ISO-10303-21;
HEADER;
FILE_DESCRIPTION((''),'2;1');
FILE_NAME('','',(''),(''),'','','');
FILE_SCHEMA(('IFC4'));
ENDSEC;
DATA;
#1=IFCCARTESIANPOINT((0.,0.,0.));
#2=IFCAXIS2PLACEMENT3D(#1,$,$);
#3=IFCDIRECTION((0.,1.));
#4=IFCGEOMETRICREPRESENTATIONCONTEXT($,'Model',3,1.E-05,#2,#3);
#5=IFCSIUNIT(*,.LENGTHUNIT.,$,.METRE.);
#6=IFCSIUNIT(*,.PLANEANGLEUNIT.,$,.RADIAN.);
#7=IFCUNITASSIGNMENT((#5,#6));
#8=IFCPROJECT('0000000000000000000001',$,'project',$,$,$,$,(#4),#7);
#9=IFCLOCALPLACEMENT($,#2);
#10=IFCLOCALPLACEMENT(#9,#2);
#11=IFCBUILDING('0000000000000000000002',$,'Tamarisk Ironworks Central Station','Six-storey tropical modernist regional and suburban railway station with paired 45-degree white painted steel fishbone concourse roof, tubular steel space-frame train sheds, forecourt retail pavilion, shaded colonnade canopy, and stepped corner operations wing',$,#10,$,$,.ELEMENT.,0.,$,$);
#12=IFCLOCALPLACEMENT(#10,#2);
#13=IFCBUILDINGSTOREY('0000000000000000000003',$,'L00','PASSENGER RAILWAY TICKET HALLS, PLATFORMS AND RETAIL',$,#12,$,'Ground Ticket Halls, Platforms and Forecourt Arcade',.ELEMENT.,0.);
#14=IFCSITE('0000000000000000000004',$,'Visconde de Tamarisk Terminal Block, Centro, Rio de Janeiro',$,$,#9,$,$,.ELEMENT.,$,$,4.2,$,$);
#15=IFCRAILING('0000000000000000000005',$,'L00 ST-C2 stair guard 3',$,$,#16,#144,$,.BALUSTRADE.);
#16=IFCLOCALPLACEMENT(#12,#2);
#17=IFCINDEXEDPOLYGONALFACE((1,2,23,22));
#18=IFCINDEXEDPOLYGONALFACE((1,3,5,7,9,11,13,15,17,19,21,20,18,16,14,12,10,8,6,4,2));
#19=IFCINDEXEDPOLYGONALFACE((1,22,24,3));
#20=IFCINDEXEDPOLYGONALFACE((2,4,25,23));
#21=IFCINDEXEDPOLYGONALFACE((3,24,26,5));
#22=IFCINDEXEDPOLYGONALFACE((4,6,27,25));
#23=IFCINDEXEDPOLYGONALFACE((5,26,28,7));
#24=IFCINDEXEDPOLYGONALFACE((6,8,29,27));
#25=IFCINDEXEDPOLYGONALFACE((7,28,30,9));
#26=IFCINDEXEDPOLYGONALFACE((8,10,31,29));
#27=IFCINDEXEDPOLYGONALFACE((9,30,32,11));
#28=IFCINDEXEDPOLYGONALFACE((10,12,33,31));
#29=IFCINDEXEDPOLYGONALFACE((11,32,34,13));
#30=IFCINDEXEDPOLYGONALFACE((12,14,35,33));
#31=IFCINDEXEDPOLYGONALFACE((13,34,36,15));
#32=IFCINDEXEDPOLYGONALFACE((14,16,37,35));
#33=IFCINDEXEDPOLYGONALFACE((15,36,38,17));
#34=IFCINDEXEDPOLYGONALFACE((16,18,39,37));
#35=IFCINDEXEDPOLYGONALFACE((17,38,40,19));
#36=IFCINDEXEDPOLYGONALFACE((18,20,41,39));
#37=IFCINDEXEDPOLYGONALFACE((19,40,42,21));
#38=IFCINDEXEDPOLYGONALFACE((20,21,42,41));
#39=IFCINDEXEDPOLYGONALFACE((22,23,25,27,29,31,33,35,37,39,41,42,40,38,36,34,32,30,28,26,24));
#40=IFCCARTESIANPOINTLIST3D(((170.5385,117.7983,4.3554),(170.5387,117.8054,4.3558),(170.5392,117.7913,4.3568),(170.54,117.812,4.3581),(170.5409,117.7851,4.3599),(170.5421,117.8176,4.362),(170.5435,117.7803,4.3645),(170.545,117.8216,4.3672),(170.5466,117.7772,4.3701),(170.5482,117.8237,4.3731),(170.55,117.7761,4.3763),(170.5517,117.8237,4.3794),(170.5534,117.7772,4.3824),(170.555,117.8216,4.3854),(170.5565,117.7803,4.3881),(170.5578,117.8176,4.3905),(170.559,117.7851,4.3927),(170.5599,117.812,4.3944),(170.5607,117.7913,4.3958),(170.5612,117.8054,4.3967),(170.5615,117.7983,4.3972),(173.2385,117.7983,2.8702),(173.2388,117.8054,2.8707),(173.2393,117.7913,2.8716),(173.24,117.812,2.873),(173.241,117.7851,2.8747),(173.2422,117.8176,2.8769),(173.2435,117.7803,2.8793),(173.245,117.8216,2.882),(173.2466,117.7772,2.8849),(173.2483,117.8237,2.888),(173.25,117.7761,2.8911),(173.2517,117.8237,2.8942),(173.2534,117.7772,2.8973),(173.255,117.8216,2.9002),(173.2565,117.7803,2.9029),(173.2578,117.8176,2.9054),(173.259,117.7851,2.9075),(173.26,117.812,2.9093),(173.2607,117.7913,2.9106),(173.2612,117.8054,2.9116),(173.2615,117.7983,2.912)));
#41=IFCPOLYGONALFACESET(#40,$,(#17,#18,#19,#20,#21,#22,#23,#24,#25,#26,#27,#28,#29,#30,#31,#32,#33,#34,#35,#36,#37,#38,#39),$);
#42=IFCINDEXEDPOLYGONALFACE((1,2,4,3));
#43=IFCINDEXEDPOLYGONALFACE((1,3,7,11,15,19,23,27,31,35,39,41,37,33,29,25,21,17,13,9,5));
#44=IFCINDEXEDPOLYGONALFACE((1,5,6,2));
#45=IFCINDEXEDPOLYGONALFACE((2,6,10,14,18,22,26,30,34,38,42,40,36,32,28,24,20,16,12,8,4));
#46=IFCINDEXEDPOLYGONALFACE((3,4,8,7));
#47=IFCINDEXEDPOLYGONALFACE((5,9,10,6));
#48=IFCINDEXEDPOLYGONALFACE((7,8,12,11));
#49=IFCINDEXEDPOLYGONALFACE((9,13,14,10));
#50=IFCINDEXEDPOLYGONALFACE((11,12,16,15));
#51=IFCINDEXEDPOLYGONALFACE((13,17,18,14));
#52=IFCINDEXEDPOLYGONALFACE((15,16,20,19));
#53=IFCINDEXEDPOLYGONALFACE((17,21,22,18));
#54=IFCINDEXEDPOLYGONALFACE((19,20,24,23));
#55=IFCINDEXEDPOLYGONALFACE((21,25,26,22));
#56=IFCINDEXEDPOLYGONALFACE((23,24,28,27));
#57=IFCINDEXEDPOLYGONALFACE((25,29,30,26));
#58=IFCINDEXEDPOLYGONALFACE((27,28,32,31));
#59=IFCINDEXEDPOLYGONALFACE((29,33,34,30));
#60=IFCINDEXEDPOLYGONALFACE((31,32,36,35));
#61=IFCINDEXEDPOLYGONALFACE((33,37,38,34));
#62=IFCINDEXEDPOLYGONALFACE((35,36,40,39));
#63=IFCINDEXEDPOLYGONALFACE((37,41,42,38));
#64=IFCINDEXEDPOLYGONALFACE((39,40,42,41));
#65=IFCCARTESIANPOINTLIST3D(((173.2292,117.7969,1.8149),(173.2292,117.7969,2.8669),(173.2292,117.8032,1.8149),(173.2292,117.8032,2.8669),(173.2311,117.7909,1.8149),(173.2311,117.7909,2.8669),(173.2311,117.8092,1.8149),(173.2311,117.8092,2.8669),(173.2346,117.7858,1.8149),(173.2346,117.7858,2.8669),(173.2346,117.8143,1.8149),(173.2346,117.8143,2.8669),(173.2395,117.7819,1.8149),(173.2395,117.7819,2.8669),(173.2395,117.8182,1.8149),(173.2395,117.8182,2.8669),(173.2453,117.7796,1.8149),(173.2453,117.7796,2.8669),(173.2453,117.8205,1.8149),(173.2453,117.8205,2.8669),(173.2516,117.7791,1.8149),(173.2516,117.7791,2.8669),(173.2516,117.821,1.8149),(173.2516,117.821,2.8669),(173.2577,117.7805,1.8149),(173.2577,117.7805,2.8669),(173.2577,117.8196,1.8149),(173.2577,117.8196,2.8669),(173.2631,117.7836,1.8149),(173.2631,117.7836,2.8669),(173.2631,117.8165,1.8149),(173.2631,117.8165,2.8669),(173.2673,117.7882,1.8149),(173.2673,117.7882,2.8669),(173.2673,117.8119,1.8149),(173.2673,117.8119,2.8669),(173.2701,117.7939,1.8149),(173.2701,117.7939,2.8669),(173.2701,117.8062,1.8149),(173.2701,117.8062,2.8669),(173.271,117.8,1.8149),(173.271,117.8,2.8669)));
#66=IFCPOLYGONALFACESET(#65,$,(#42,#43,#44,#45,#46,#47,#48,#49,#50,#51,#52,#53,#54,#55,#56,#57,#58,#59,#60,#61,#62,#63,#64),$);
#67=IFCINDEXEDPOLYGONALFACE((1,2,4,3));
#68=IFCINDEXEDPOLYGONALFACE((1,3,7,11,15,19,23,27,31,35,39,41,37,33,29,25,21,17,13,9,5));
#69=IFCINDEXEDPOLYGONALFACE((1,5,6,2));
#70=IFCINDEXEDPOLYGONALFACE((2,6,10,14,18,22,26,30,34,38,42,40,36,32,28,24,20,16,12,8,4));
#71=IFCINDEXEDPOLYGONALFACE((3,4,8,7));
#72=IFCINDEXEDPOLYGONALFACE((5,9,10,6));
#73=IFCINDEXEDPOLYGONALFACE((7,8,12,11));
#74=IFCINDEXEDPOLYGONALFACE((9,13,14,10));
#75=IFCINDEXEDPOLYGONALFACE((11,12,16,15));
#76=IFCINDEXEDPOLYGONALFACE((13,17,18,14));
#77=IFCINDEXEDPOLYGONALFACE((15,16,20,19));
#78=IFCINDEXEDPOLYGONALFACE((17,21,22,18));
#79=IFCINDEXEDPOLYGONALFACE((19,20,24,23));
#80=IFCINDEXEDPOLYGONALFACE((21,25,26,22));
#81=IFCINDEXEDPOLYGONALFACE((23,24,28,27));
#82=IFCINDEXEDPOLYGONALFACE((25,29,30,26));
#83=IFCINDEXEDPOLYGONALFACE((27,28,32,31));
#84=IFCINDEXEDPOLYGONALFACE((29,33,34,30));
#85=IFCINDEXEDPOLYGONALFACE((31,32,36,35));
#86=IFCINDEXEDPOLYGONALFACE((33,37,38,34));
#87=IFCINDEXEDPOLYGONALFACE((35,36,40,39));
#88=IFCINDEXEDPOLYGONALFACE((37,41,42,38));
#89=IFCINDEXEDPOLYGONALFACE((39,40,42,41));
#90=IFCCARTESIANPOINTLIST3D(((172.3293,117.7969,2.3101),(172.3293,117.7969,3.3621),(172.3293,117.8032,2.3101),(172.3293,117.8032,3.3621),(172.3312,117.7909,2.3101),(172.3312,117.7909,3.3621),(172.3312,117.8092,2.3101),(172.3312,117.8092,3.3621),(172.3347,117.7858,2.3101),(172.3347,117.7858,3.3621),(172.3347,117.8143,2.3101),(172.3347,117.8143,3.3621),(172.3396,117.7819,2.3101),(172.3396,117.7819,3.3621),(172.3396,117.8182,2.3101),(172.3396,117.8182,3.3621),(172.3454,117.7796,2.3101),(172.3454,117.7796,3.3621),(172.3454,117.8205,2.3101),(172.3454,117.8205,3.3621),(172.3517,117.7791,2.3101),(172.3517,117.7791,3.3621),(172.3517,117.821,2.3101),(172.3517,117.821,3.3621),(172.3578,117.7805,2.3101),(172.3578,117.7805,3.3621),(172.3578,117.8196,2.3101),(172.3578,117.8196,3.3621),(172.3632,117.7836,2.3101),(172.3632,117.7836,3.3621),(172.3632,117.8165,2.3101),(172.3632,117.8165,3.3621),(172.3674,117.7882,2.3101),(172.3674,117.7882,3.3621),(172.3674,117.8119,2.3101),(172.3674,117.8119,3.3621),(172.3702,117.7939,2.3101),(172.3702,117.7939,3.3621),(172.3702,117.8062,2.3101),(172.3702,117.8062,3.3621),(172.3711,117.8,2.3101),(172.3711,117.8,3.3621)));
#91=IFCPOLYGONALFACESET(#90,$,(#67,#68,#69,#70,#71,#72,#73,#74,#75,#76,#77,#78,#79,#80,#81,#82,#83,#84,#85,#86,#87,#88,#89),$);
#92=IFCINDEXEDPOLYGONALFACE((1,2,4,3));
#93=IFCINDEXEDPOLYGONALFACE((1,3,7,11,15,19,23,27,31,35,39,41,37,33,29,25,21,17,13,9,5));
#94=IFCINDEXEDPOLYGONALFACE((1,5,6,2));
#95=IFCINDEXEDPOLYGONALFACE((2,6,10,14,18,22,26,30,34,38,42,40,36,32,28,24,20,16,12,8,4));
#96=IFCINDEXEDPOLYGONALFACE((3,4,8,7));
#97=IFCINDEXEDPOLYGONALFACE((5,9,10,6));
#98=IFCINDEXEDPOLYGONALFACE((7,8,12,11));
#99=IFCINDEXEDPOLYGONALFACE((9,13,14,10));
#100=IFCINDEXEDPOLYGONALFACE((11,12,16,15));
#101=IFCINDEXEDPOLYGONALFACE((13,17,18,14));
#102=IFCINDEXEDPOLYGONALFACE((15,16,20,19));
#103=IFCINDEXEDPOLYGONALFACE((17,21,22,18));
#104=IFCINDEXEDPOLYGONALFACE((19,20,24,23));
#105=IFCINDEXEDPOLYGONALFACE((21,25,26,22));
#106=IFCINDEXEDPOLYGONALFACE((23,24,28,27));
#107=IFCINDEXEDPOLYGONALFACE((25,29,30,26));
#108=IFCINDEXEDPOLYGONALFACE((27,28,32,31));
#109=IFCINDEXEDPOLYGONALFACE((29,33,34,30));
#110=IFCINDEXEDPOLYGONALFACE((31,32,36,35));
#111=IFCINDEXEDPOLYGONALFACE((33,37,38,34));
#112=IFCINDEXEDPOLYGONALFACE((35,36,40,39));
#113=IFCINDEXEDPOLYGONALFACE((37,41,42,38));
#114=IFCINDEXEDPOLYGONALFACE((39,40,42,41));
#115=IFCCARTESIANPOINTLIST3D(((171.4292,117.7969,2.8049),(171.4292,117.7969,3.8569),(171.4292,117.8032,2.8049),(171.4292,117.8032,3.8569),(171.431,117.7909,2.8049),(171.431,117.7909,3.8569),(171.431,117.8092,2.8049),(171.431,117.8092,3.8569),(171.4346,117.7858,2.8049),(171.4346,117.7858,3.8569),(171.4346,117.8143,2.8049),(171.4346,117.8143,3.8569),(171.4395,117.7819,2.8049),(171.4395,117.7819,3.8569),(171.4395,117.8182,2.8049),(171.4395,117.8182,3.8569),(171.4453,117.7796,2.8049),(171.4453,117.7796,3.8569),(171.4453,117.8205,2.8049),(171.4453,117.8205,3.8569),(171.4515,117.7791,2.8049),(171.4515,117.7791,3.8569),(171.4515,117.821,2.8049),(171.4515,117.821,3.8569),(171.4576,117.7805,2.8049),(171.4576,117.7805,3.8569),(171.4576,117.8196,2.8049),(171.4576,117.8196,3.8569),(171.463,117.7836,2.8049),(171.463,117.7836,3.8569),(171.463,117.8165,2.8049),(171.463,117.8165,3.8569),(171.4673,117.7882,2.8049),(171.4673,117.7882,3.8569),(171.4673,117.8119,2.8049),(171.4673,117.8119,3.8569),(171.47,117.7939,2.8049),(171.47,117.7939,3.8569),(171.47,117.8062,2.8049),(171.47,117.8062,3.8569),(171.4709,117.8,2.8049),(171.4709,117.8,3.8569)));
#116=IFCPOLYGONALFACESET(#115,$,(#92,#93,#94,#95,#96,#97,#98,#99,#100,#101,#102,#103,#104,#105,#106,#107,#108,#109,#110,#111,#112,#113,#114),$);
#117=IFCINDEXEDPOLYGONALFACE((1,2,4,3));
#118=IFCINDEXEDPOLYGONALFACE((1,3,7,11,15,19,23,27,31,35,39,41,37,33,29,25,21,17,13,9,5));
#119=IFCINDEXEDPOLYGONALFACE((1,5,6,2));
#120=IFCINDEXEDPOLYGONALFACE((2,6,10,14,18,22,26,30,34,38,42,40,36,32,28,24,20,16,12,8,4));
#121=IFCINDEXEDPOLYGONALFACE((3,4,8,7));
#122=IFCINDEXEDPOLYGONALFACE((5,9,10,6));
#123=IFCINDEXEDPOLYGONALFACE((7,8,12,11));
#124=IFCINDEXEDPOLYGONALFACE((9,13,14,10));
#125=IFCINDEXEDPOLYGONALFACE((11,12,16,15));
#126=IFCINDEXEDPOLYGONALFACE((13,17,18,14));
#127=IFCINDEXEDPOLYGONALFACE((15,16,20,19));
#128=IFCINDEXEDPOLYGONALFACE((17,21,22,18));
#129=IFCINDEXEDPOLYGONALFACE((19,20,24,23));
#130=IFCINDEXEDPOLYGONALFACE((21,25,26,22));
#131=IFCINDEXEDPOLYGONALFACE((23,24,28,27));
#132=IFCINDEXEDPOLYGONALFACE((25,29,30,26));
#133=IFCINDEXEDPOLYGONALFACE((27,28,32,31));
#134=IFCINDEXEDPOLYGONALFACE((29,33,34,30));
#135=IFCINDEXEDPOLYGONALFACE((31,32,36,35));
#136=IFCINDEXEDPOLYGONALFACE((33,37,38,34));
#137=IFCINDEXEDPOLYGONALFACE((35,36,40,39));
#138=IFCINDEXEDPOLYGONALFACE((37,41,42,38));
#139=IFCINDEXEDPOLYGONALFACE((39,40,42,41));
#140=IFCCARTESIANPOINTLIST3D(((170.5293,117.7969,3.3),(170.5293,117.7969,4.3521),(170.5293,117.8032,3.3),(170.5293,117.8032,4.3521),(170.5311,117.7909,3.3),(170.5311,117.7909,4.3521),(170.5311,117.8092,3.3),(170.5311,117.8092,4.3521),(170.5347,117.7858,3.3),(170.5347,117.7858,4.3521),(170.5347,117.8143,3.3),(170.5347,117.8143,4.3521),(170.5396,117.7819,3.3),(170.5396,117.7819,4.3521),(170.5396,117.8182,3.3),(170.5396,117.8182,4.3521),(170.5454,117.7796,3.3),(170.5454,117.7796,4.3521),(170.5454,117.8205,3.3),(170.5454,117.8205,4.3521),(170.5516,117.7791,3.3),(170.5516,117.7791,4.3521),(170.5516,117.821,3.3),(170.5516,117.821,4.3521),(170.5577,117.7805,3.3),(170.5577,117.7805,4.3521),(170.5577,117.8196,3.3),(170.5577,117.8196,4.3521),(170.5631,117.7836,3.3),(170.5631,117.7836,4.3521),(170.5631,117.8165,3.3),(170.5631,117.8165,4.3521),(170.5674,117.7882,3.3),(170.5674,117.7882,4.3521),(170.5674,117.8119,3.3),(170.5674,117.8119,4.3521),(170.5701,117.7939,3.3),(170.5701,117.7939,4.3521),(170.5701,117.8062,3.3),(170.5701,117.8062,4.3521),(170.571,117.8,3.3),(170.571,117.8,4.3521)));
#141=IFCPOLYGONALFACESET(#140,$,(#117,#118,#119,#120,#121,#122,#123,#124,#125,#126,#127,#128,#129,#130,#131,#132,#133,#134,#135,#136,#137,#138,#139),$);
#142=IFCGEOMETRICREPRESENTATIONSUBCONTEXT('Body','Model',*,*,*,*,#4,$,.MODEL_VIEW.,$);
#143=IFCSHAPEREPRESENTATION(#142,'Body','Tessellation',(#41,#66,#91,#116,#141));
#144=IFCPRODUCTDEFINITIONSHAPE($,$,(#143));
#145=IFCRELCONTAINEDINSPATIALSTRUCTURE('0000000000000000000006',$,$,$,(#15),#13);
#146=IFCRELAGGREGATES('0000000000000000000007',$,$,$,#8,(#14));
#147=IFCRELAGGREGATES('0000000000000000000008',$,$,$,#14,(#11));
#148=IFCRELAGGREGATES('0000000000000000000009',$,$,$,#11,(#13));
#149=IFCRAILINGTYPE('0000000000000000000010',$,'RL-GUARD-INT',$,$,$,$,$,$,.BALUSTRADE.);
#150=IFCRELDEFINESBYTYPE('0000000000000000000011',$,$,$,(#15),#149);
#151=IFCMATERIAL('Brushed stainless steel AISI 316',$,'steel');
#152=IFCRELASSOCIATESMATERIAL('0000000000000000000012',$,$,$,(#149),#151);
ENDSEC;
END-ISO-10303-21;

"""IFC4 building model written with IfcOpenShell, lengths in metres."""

from ifc_helpers import new_model, si_unit, direction, frame, origin, origin_2d, place, context, subcontext, project, spatial, circle, extrude, material, type_object, element, save


model = new_model("IFC4")

# Units and contexts
model_context = context("Model", 3, precision=1e-05, world=origin(), true_north=direction((0.0, 1.0)))
body_context = subcontext(model_context, "Body", "Model", "MODEL_VIEW")
ifc_project = project(units=[si_unit("LENGTHUNIT", "METRE"), si_unit("PLANEANGLEUNIT", "RADIAN")], contexts=[model_context])

# Site, building, storey
site_placement = place(None, origin())
site = spatial("IfcSite", under=ifc_project, at=site_placement, Name="Visconde de Tamarisk Terminal Block, Centro, Rio de Janeiro", CompositionType="ELEMENT", RefElevation=4.2)
building_placement = place(site_placement, origin())
building = spatial("IfcBuilding", under=site, at=building_placement, Name="Tamarisk Ironworks Central Station", Description="Six-storey tropical modernist regional and suburban railway station with paired 45-degree white painted steel fishbone concourse roof, tubular steel space-frame train sheds, forecourt retail pavilion, shaded colonnade canopy, and stepped corner operations wing", CompositionType="ELEMENT", ElevationOfRefHeight=0.0)
storey_placement = place(building_placement, origin())
storey = spatial("IfcBuildingStorey", under=building, at=storey_placement, Name="L00", Description="PASSENGER RAILWAY TICKET HALLS, PLATFORMS AND RETAIL", LongName="Ground Ticket Halls, Platforms and Forecourt Arcade", CompositionType="ELEMENT", Elevation=0.0)

# Railing
ifc_material_1 = material(Name="Brushed stainless steel AISI 316", Category="steel")
railing_type_1 = type_object("IfcRailingType", Name="RL-GUARD-INT", PredefinedType="BALUSTRADE", material=ifc_material_1)
railing_1_placement = place(storey_placement, frame((173.25, 117.8, 1.8149)))
element("IfcRailing", 1, at=railing_1_placement, inside=storey, type_object=railing_type_1, Name="L00 ST-C2 stair guard 3", PredefinedType="BALUSTRADE", context=body_context, shape_type="SweptSolid", body=[
    extrude(circle(Radius=0.0239, at=origin_2d()), frame((0.0, 0.0, 1.0762), z_axis=(-0.876198, 0.0, 0.481952), x_axis=(0.0, -1.0, 0.0)), (0.0, 0.0, 1.0), 3.0815),
    extrude(circle(Radius=0.021, at=origin_2d()), origin(), (0.0, 0.0, 1.0), 1.052),
    extrude(circle(Radius=0.021, at=origin_2d()), frame((-0.8999, 0.0, 0.4951)), (0.0, 0.0, 1.0), 1.052),
    extrude(circle(Radius=0.021, at=origin_2d()), frame((-1.8, 0.0, 0.99)), (0.0, 0.0, 1.0), 1.052),
    extrude(circle(Radius=0.021, at=origin_2d()), frame((-2.7, 0.0, 1.4851)), (0.0, 0.0, 1.0), 1.052),
])

save(model, "model.ifc")
